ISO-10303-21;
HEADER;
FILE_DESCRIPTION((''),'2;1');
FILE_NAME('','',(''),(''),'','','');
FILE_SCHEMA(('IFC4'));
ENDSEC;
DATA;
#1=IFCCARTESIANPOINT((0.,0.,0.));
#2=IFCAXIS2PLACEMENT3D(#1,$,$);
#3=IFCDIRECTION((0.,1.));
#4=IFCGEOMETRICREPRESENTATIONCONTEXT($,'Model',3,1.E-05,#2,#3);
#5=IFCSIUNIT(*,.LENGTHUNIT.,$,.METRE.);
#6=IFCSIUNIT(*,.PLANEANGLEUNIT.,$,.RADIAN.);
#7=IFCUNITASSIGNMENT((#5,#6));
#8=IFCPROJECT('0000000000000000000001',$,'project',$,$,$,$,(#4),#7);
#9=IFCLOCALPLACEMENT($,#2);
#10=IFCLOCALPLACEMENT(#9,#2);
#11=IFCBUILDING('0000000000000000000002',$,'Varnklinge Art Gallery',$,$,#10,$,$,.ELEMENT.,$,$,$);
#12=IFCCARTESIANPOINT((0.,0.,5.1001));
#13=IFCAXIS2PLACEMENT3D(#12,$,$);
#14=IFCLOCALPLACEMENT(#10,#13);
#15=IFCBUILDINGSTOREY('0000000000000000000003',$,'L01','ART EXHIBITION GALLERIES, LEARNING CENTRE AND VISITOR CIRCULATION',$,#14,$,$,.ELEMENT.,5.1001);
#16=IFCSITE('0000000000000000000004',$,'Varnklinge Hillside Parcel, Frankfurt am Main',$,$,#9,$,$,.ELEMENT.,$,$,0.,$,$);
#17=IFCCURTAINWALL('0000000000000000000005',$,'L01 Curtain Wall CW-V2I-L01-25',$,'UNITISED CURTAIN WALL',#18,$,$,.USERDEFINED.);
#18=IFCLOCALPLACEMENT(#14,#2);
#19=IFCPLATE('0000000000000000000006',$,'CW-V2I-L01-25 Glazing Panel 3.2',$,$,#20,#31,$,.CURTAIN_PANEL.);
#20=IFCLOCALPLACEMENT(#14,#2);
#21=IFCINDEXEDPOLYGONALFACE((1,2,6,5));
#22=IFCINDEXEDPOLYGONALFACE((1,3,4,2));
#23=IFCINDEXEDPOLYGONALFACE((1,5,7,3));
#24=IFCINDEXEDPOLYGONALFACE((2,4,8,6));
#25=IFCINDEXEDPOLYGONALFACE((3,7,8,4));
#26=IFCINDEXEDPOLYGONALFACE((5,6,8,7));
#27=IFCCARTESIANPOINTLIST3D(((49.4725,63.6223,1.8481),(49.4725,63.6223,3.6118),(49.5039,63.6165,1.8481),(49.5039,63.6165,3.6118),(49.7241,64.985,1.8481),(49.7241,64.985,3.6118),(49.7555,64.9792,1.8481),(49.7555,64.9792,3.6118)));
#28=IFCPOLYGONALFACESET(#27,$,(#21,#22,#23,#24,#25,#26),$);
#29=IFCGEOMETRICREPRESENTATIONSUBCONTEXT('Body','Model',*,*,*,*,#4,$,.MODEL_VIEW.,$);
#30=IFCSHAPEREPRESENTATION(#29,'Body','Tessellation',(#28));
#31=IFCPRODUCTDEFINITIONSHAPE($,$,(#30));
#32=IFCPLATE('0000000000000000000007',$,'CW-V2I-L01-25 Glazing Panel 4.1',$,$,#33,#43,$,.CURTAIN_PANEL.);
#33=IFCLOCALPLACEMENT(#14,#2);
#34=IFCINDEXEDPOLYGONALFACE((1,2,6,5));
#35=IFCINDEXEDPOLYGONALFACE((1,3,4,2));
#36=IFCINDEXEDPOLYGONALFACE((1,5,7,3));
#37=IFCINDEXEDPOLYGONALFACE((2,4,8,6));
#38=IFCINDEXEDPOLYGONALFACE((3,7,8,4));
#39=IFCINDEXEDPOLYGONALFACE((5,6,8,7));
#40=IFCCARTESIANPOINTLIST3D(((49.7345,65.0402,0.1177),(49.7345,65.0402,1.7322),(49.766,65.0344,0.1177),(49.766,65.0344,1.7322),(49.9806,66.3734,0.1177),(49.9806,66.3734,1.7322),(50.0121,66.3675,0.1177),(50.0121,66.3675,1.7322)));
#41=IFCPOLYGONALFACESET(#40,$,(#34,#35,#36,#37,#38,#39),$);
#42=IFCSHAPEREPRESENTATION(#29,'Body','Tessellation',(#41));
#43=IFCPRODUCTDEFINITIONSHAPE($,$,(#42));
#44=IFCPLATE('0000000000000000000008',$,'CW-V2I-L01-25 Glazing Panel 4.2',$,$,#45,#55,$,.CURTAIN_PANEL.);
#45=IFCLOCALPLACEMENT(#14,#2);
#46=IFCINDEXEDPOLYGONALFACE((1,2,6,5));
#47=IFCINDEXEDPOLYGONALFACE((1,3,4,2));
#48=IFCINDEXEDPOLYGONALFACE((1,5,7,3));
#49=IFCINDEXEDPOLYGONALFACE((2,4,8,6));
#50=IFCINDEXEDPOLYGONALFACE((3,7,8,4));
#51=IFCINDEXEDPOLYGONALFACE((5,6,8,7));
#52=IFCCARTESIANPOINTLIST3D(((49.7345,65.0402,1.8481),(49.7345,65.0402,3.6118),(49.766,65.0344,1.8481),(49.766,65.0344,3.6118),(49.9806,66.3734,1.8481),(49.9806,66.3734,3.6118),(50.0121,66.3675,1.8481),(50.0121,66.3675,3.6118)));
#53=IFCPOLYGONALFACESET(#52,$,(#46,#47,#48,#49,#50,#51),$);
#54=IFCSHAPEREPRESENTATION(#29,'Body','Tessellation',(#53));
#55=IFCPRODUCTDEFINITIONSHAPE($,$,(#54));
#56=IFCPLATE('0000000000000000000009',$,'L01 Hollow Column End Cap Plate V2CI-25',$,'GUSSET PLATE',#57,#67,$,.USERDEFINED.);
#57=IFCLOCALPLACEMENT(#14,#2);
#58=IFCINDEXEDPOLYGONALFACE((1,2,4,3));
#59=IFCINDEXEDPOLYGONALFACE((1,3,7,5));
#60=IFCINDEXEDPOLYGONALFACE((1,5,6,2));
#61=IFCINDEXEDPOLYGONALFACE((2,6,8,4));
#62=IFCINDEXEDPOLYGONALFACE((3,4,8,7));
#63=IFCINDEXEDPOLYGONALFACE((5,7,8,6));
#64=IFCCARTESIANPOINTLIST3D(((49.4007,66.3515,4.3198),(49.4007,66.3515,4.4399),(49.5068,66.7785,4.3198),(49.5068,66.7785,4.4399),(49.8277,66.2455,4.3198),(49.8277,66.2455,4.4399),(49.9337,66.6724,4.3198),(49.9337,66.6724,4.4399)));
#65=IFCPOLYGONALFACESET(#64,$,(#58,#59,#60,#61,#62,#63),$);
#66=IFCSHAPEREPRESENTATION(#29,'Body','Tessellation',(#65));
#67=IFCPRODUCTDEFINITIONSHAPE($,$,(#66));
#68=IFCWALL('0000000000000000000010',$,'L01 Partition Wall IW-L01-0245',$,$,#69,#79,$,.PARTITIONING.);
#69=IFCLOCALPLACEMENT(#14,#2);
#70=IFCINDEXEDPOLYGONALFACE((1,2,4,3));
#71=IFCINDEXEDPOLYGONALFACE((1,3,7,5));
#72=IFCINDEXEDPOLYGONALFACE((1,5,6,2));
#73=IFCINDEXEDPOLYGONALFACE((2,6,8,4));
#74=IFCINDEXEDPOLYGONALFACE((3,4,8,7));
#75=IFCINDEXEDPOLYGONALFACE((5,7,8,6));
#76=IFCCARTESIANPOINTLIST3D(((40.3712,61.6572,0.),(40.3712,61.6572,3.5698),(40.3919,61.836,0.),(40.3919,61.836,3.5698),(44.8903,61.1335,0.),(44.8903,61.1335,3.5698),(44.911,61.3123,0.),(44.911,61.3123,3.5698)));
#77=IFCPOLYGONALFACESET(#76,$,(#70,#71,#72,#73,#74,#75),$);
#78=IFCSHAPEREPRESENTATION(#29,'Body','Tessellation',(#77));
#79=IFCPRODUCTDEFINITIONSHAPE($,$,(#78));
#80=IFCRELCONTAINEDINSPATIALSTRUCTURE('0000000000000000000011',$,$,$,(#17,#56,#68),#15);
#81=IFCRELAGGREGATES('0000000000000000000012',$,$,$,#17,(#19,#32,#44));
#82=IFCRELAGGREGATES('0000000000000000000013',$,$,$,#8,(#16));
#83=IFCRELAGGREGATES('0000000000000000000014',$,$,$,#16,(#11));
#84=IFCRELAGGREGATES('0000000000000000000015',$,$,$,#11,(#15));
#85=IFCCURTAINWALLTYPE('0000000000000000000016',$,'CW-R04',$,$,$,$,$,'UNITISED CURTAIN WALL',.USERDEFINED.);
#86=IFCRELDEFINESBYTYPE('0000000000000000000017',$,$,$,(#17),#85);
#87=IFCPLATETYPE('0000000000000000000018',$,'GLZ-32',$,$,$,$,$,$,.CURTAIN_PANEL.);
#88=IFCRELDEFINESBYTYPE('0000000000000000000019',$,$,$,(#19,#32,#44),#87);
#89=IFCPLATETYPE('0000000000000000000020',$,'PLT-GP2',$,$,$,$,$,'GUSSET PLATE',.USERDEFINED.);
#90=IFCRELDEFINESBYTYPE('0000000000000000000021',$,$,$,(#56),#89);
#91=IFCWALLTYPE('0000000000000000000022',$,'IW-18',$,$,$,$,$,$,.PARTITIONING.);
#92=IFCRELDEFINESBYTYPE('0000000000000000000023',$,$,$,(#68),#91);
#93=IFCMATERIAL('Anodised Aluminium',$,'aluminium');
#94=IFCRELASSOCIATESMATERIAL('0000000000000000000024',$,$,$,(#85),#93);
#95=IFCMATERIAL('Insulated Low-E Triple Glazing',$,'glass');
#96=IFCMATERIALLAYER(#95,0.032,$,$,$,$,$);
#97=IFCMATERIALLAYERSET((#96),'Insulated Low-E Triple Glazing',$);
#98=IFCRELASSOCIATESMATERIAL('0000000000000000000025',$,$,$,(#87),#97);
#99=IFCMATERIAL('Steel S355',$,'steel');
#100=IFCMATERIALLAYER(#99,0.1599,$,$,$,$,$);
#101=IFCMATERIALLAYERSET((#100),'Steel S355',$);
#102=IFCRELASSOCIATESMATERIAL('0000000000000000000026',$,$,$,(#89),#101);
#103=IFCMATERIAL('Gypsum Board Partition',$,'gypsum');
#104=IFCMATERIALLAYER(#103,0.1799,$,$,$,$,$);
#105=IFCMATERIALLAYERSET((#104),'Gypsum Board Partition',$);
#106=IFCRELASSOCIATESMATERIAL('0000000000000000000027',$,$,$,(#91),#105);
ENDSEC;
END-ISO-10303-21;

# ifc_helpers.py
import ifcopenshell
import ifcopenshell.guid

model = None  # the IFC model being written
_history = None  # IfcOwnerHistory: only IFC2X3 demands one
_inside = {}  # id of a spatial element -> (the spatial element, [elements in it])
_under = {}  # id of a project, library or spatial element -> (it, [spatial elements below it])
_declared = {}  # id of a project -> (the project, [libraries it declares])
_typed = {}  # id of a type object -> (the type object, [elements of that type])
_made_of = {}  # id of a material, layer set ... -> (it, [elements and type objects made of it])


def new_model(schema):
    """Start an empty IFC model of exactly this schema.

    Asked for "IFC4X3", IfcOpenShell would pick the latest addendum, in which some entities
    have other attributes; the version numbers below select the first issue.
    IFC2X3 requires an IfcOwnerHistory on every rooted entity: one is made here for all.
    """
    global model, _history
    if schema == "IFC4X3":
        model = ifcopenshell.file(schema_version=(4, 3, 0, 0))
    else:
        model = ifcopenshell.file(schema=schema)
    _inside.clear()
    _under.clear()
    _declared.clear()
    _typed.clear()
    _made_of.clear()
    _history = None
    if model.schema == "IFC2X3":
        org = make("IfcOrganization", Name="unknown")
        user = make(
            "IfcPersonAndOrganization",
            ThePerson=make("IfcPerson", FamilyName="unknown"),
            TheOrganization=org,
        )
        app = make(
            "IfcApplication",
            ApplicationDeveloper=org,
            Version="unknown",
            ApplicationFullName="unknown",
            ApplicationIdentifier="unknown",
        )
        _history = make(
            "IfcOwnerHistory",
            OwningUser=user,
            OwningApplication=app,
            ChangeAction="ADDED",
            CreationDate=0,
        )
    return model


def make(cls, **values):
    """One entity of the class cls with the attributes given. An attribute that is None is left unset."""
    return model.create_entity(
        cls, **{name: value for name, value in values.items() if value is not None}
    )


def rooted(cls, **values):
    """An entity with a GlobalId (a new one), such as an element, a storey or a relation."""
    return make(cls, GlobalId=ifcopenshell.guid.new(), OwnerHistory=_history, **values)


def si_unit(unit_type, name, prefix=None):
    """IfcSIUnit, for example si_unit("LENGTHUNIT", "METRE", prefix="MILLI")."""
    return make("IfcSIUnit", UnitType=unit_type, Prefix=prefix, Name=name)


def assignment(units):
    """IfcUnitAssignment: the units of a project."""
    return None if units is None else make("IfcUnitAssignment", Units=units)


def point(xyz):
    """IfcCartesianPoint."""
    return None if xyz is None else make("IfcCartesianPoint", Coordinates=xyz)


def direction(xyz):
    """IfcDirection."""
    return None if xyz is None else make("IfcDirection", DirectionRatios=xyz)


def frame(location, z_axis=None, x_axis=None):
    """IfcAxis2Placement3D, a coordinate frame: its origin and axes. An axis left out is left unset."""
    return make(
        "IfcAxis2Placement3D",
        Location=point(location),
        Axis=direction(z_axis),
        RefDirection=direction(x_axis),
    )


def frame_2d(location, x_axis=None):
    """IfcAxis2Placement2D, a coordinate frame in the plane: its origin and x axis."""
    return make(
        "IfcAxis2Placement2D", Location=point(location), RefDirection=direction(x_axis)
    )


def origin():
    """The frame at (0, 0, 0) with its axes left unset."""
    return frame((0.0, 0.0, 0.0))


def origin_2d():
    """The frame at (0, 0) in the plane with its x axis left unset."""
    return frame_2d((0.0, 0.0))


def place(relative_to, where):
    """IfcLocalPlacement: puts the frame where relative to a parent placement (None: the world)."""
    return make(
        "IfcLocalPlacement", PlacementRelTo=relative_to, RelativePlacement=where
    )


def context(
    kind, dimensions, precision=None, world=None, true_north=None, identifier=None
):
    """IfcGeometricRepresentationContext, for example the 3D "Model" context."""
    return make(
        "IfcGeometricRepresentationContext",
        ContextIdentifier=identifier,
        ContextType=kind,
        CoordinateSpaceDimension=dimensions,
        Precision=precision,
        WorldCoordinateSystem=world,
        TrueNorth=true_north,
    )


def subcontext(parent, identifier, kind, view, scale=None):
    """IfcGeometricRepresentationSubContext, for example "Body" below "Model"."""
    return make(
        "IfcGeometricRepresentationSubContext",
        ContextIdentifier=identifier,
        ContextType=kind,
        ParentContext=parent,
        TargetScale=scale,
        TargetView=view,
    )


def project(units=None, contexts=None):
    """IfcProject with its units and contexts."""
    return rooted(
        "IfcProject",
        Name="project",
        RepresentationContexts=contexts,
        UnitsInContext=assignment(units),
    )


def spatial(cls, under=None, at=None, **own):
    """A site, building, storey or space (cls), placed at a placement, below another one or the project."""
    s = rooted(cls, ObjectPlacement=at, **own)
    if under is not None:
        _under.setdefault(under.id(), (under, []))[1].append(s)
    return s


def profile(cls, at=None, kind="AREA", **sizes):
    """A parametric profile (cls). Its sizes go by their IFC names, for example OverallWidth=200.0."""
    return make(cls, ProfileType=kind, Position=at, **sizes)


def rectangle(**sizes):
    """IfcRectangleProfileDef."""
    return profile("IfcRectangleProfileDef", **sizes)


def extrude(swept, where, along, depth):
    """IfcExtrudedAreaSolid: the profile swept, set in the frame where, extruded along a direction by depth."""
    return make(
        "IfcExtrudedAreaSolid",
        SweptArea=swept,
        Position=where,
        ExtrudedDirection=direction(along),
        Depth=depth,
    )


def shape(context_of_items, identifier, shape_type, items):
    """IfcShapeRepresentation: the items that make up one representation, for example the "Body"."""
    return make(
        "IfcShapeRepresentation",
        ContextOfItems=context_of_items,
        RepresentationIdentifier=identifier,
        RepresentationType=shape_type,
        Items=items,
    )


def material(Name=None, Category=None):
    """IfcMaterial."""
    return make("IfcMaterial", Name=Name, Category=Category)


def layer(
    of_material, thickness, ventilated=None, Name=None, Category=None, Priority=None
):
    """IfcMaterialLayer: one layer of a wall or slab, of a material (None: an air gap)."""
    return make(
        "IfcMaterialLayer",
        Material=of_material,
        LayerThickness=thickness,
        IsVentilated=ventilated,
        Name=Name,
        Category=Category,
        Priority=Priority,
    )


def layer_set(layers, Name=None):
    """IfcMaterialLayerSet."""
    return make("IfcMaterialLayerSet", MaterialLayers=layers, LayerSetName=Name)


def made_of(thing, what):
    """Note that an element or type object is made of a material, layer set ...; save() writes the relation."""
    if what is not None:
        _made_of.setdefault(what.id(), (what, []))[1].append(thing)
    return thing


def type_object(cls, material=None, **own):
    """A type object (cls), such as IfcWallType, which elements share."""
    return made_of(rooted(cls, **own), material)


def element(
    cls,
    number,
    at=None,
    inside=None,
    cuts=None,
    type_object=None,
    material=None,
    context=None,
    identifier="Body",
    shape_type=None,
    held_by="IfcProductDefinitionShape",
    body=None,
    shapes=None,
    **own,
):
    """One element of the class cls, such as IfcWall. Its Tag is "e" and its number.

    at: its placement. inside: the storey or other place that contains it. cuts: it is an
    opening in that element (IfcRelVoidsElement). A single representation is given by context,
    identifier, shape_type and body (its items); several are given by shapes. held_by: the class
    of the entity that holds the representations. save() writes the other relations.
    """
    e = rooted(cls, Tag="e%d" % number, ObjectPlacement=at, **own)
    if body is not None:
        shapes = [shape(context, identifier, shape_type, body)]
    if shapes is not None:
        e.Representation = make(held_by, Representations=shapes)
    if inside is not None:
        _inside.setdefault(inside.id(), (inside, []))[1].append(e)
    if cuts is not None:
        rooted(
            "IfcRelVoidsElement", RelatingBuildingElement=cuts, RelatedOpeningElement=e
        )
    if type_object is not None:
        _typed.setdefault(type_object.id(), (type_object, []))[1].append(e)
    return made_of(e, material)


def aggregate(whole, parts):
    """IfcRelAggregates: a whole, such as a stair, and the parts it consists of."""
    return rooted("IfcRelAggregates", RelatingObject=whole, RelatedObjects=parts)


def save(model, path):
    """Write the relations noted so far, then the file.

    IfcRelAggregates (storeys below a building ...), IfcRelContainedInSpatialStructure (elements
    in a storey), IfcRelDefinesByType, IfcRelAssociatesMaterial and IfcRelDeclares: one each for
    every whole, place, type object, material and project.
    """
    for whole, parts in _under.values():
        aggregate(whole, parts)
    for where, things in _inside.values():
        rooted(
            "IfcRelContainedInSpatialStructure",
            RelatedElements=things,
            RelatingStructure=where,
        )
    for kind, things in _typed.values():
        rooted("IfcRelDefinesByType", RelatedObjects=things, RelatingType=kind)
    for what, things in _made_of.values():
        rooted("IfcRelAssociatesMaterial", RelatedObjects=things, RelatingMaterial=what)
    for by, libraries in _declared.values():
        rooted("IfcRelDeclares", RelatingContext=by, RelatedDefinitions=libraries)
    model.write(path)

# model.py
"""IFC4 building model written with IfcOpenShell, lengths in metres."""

from ifc_helpers import new_model, si_unit, direction, frame, frame_2d, origin, origin_2d, place, context, subcontext, project, spatial, rectangle, extrude, material, layer, layer_set, type_object, element, aggregate, save


model = new_model("IFC4")

# Units and contexts
model_context = context("Model", 3, precision=1e-05, world=origin(), true_north=direction((0.0, 1.0)))
body_context = subcontext(model_context, "Body", "Model", "MODEL_VIEW")
ifc_project = project(units=[si_unit("LENGTHUNIT", "METRE"), si_unit("PLANEANGLEUNIT", "RADIAN")], contexts=[model_context])

# Site, building, storey
site_placement = place(None, origin())
site = spatial("IfcSite", under=ifc_project, at=site_placement, Name="Varnklinge Hillside Parcel, Frankfurt am Main", CompositionType="ELEMENT", RefElevation=0.0)
building_placement = place(site_placement, origin())
building = spatial("IfcBuilding", under=site, at=building_placement, Name="Varnklinge Art Gallery", CompositionType="ELEMENT")
storey_placement = place(building_placement, frame((0.0, 0.0, 5.1001)))
storey = spatial("IfcBuildingStorey", under=building, at=storey_placement, Name="L01", Description="ART EXHIBITION GALLERIES, LEARNING CENTRE AND VISITOR CIRCULATION", CompositionType="ELEMENT", Elevation=5.1001)

# Shared definitions
ifc_material_1 = material(Name="Anodised Aluminium", Category="aluminium")
curtain_wall_type = type_object("IfcCurtainWallType", Name="CW-R04", ElementType="UNITISED CURTAIN WALL", PredefinedType="USERDEFINED", material=ifc_material_1)

# Curtain wall
curtain_wall_1_placement = place(storey_placement, origin())
curtain_wall_1 = element("IfcCurtainWall", 1, at=curtain_wall_1_placement, inside=storey, type_object=curtain_wall_type, Name="L01 Curtain Wall CW-V2I-L01-25", ObjectType="UNITISED CURTAIN WALL", PredefinedType="USERDEFINED")

# Plates
ifc_material_2 = material(Name="Insulated Low-E Triple Glazing", Category="glass")
ifc_layer_1 = layer(ifc_material_2, 0.032)
ifc_layer_set_1 = layer_set([ifc_layer_1], Name="Insulated Low-E Triple Glazing")
plate_type_1 = type_object("IfcPlateType", Name="GLZ-32", PredefinedType="CURTAIN_PANEL", material=ifc_layer_set_1)
plate_1_placement = place(storey_placement, frame((49.614, 64.3008, 1.8481), z_axis=(0.0, 0.0, 1.0), x_axis=(0.181549, 0.983382, 0.0)))
plate_1 = element("IfcPlate", 2, at=plate_1_placement, type_object=plate_type_1, Name="CW-V2I-L01-25 Glazing Panel 3.2", PredefinedType="CURTAIN_PANEL", context=body_context, shape_type="SweptSolid", body=[
    extrude(rectangle(XDim=1.3857, YDim=0.032, at=origin_2d()), origin(), (0.0, 0.0, 1.0), 1.7637),
])
plate_2_placement = place(storey_placement, frame((49.8733, 65.7039, 0.1177), z_axis=(0.0, 0.0, 1.0), x_axis=(0.181549, 0.983382, 0.0)))
plate_2 = element("IfcPlate", 3, at=plate_2_placement, type_object=plate_type_1, Name="CW-V2I-L01-25 Glazing Panel 4.1", PredefinedType="CURTAIN_PANEL", context=body_context, shape_type="SweptSolid", body=[
    extrude(rectangle(XDim=1.3557, YDim=0.032, at=origin_2d()), origin(), (0.0, 0.0, 1.0), 1.6145),
])
plate_3_placement = place(storey_placement, frame((49.8733, 65.7039, 1.8481), z_axis=(0.0, 0.0, 1.0), x_axis=(0.181549, 0.983382, 0.0)))
plate_3 = element("IfcPlate", 4, at=plate_3_placement, type_object=plate_type_1, Name="CW-V2I-L01-25 Glazing Panel 4.2", PredefinedType="CURTAIN_PANEL", context=body_context, shape_type="SweptSolid", body=[
    extrude(rectangle(XDim=1.3557, YDim=0.032, at=origin_2d()), origin(), (0.0, 0.0, 1.0), 1.7637),
])
aggregate(curtain_wall_1, [plate_1, plate_2, plate_3])
ifc_material_3 = material(Name="Steel S355", Category="steel")
ifc_layer_2 = layer(ifc_material_3, 0.1599)
ifc_layer_set_2 = layer_set([ifc_layer_2], Name="Steel S355")
plate_type_2 = type_object("IfcPlateType", Name="PLT-GP2", ElementType="GUSSET PLATE", PredefinedType="USERDEFINED", material=ifc_layer_set_2)
plate_4_placement = place(storey_placement, frame((49.6672, 66.512, 4.3198), z_axis=(0.0, 0.0, 1.0), x_axis=(0.970506, -0.241075, 0.0)))
element("IfcPlate", 5, at=plate_4_placement, inside=storey, type_object=plate_type_2, Name="L01 Hollow Column End Cap Plate V2CI-25", ObjectType="GUSSET PLATE", PredefinedType="USERDEFINED", context=body_context, shape_type="SweptSolid", body=[
    extrude(rectangle(XDim=0.4399, YDim=0.4399, at=origin_2d()), origin(), (0.0, 0.0, 1.0), 0.1201),
])

# Wall
ifc_material_4 = material(Name="Gypsum Board Partition", Category="gypsum")
ifc_layer_3 = layer(ifc_material_4, 0.1799)
ifc_layer_set_3 = layer_set([ifc_layer_3], Name="Gypsum Board Partition")
wall_type = type_object("IfcWallType", Name="IW-18", PredefinedType="PARTITIONING", material=ifc_layer_set_3)
wall_placement = place(storey_placement, frame((44.9006, 61.2229, 0.0), z_axis=(0.0, 0.0, 1.0), x_axis=(-0.993352, 0.115113, 0.0)))
element("IfcWall", 6, at=wall_placement, inside=storey, type_object=wall_type, Name="L01 Partition Wall IW-L01-0245", PredefinedType="PARTITIONING", context=body_context, shape_type="SweptSolid", body=[
    extrude(rectangle(XDim=4.5493, YDim=0.1799, at=frame_2d((2.2747, 0.0))), origin(), (0.0, 0.0, 1.0), 3.5698),
])

save(model, "model.ifc")
